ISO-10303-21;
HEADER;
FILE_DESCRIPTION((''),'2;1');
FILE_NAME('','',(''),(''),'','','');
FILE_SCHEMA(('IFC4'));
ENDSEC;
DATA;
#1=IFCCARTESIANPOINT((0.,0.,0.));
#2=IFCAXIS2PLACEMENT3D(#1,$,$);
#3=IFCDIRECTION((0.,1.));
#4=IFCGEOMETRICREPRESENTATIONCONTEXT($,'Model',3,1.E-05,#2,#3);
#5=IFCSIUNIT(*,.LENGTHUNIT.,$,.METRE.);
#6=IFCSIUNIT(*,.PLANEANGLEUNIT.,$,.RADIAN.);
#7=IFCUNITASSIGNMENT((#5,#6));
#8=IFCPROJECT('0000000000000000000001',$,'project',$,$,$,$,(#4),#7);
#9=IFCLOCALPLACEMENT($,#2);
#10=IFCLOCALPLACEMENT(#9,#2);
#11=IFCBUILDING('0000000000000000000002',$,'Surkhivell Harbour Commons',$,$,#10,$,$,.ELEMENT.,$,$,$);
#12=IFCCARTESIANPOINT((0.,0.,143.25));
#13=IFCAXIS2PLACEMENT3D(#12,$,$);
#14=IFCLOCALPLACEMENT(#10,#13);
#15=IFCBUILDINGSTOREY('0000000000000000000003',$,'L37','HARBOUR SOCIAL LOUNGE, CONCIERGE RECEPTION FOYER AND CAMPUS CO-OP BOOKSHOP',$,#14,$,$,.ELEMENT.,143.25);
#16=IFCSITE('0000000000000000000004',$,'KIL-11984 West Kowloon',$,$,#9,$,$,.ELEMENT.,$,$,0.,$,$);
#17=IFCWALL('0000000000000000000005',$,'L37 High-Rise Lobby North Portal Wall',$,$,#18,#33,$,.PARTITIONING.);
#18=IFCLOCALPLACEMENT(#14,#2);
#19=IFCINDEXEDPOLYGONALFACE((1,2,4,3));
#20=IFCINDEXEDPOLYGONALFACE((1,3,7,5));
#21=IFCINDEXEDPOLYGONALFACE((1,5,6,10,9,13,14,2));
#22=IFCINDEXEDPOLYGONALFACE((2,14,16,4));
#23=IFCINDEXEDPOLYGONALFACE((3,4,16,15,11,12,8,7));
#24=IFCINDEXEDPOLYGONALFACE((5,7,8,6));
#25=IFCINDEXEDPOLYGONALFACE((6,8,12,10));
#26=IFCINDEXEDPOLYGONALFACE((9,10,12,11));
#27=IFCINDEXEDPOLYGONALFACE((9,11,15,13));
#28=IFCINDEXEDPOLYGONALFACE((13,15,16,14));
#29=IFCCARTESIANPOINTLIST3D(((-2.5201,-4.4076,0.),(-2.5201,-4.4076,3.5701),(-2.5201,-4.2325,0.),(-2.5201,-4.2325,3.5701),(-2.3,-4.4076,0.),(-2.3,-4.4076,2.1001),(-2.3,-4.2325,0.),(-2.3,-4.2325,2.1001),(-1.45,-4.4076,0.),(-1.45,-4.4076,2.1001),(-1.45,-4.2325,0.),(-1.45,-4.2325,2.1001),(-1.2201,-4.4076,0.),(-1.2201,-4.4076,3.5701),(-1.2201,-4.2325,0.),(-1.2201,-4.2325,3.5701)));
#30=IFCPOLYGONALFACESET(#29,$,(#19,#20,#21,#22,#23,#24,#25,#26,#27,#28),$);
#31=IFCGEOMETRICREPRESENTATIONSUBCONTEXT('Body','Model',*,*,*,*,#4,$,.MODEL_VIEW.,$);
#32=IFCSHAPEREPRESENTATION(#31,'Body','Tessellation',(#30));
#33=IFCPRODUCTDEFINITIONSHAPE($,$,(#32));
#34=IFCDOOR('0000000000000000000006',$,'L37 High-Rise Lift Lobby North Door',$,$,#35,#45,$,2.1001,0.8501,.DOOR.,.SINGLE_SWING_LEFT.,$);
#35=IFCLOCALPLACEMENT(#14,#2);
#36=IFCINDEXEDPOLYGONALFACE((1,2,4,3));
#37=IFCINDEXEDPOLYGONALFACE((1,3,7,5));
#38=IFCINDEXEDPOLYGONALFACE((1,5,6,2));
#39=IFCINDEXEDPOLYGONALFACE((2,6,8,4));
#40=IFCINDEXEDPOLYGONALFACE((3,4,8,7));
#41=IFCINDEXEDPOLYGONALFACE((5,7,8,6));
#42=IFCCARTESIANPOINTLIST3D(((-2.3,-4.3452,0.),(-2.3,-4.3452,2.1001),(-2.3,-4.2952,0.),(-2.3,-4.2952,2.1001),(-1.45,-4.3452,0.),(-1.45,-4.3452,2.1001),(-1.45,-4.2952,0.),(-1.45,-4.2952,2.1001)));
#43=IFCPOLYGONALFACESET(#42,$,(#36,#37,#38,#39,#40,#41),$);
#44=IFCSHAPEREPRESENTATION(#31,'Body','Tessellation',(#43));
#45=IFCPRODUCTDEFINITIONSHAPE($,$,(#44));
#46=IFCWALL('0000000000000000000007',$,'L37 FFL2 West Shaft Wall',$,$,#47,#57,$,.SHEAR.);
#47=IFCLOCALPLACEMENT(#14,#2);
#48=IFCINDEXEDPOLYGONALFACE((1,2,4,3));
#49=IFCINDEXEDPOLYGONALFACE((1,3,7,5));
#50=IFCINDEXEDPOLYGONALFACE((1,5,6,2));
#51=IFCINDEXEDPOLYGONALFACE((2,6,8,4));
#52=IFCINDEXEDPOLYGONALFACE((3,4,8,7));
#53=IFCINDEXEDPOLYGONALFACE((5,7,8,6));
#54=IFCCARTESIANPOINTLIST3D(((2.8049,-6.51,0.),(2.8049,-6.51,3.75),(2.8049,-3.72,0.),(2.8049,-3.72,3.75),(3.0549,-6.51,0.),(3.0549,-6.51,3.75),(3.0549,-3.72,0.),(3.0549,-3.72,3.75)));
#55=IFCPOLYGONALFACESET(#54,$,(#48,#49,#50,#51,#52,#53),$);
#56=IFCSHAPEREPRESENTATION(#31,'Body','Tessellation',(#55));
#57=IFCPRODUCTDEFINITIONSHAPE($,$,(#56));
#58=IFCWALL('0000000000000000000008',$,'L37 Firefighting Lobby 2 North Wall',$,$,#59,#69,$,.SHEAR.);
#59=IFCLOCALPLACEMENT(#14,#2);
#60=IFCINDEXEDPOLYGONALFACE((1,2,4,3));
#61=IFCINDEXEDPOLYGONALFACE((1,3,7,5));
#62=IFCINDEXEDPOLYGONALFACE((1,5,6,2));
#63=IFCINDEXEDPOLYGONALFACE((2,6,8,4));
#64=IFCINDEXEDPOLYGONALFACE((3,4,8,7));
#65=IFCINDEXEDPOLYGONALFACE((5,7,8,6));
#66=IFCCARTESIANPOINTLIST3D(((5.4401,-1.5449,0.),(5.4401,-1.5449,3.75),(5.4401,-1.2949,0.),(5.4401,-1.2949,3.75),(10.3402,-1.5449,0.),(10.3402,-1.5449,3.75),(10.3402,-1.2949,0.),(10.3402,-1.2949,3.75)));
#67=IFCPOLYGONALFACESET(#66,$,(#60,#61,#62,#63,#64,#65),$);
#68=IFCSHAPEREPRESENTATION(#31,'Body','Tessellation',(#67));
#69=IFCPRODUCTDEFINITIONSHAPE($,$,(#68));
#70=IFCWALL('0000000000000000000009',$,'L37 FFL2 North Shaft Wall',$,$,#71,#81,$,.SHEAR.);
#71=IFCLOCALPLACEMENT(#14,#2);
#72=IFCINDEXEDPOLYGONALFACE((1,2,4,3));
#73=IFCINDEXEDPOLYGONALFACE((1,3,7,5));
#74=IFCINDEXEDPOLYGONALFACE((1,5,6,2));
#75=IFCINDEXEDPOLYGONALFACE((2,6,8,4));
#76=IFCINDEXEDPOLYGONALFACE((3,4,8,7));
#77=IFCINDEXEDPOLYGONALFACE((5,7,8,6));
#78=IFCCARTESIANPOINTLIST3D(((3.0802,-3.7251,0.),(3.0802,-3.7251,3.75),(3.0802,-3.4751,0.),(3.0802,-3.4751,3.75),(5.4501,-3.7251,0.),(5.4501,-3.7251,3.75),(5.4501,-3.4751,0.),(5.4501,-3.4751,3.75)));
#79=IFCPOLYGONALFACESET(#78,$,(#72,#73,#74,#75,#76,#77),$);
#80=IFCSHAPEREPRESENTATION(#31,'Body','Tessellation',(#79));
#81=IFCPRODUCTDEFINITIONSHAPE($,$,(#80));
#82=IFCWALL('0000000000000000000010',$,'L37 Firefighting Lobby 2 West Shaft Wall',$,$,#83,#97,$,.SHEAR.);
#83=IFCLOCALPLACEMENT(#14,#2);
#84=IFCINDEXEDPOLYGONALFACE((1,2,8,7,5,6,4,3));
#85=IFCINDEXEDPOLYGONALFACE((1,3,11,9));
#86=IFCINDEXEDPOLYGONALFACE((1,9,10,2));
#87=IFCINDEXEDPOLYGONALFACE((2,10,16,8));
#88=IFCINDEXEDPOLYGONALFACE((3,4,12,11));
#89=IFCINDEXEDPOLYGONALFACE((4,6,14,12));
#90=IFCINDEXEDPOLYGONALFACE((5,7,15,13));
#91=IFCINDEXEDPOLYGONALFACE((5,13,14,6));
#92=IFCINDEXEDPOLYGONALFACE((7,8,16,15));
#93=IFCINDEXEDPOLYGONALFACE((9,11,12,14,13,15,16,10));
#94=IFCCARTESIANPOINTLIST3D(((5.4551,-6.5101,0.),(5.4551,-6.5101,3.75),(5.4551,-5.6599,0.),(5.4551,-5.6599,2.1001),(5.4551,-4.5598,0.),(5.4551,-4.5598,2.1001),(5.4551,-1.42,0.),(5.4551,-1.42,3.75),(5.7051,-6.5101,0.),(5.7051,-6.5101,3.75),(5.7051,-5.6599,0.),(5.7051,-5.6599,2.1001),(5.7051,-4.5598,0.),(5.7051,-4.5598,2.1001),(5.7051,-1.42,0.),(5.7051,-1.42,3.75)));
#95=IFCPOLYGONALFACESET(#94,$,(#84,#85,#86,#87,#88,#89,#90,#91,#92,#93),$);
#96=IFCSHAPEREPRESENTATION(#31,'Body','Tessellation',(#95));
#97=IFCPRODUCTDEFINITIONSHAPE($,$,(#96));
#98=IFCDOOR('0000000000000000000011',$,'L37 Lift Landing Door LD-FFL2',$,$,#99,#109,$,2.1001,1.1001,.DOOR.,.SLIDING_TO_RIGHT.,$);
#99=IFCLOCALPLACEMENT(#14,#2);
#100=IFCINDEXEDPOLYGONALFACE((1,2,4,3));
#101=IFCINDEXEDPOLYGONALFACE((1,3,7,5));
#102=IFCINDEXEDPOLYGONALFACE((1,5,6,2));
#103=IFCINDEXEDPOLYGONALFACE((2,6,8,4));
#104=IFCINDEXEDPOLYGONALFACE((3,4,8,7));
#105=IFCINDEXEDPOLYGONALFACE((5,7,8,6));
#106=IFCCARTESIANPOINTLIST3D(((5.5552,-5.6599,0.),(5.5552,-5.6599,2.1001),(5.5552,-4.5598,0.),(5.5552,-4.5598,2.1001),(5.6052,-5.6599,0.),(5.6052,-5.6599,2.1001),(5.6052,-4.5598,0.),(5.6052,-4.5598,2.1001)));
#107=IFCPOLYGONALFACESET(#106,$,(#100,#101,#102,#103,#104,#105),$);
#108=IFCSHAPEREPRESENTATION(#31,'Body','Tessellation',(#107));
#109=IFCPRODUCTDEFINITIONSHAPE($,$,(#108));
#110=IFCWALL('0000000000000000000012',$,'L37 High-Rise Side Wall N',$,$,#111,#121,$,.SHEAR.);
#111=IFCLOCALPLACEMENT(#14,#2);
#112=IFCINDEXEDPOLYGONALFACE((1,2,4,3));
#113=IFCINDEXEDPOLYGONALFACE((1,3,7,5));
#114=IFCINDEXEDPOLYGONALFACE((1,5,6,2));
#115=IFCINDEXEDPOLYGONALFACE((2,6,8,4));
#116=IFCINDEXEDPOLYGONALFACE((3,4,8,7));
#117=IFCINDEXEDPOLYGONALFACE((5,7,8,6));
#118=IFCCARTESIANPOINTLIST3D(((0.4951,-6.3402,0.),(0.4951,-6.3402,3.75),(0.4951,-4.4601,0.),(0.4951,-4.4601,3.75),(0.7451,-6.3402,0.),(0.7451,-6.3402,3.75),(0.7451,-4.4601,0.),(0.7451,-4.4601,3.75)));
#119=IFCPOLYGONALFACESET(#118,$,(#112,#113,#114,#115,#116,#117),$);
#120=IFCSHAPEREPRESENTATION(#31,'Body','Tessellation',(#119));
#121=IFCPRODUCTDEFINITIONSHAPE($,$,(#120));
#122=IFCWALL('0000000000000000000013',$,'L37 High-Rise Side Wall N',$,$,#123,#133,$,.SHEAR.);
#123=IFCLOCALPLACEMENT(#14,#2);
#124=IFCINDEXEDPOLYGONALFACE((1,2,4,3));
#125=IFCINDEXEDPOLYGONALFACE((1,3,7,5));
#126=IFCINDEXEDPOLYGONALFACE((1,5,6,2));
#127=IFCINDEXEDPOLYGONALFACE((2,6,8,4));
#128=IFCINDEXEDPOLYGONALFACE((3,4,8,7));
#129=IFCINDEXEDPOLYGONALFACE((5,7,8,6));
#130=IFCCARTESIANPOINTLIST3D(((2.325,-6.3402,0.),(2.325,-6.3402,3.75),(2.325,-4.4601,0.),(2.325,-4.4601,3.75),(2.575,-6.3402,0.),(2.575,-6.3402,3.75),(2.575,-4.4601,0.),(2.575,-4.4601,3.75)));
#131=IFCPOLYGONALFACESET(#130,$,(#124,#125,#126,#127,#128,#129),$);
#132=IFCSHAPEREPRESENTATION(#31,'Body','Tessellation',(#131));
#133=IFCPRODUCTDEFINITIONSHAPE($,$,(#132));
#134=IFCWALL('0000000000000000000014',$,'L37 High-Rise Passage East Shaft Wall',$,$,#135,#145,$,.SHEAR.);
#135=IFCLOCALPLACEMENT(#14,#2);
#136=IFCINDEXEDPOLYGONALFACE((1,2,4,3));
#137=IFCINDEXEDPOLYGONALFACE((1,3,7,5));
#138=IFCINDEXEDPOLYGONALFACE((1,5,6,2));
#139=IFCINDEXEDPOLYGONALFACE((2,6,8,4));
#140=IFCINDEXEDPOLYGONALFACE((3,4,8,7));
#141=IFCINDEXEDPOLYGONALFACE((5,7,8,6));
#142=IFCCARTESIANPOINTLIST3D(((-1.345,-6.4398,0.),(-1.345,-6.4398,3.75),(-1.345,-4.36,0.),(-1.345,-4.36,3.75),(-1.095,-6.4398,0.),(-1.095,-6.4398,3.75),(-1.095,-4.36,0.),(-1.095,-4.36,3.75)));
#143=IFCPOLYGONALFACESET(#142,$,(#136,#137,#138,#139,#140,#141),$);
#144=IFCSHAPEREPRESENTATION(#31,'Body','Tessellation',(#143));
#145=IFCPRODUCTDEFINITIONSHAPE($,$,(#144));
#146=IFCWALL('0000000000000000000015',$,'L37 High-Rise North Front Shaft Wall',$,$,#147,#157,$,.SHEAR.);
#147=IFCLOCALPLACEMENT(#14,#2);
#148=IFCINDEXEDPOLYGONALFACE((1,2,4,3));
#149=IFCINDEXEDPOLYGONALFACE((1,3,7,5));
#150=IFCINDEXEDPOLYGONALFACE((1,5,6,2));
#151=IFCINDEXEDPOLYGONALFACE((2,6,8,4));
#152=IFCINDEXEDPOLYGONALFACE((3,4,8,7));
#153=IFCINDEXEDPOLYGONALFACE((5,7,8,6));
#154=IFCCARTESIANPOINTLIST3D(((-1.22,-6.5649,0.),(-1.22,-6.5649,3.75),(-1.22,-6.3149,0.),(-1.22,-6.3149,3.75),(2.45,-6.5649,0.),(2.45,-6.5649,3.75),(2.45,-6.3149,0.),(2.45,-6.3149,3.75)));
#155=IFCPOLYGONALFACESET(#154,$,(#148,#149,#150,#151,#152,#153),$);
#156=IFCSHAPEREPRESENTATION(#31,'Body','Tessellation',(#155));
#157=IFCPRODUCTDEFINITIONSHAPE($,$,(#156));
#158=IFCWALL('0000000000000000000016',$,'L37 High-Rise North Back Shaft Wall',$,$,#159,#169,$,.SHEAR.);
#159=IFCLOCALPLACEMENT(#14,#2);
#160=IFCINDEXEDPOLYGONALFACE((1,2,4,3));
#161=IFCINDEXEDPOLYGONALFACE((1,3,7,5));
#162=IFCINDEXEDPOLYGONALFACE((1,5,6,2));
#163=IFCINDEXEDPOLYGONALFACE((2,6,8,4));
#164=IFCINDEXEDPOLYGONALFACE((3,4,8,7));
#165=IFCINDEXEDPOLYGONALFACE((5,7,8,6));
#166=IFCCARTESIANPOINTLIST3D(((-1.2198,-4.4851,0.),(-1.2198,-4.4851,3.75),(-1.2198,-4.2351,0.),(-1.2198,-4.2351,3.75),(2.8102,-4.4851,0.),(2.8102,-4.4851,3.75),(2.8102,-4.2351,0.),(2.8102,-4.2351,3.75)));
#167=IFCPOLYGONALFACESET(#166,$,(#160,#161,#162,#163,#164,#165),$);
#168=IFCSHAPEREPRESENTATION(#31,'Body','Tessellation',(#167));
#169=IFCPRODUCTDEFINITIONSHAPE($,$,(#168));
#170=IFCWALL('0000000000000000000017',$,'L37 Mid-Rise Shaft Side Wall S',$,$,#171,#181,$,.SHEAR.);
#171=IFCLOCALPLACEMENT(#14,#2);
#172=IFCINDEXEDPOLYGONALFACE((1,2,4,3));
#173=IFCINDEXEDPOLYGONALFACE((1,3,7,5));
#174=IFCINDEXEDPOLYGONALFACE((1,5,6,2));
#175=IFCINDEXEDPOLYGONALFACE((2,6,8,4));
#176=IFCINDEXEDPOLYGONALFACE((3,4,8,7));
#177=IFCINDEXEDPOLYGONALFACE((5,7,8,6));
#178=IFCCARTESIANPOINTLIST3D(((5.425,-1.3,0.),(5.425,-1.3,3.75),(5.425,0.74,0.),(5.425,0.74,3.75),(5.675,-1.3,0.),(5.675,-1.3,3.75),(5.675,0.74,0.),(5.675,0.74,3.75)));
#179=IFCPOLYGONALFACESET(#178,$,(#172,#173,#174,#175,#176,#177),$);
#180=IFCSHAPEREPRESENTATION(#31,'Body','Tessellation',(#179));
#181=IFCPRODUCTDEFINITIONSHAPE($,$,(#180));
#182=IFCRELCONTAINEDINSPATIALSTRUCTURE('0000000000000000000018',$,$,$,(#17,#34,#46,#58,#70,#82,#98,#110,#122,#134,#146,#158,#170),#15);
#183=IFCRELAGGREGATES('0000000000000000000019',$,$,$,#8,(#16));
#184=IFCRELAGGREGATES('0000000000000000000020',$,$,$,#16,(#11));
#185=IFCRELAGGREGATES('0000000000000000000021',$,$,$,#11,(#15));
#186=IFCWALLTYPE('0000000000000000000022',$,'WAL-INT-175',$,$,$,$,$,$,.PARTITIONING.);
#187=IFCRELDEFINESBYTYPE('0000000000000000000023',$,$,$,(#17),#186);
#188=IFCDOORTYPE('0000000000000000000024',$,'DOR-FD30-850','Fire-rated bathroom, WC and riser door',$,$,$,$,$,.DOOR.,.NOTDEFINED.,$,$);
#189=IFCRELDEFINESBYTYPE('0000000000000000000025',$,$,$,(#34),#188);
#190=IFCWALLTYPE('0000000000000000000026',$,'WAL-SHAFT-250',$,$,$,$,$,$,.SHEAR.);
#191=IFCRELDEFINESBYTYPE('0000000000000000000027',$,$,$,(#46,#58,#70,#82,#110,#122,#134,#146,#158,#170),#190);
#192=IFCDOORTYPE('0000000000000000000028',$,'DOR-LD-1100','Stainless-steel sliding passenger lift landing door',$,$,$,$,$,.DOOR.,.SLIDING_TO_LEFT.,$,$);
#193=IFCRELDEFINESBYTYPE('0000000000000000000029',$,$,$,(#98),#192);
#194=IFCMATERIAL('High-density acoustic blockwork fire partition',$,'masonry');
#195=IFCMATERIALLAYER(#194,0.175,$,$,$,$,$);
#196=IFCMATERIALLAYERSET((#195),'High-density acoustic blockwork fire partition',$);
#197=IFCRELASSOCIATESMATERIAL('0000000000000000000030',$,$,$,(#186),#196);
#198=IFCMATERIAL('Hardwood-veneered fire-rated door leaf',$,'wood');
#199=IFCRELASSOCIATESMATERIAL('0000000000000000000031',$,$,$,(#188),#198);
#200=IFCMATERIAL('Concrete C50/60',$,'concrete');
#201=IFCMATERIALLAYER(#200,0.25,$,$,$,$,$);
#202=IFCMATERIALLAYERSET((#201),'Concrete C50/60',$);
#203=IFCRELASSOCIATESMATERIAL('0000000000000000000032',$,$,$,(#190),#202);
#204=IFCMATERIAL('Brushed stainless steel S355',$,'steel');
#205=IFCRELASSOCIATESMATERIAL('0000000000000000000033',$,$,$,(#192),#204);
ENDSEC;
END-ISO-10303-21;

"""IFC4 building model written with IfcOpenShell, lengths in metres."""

from ifc_helpers import new_model, si_unit, direction, frame, frame_2d, origin, place, context, subcontext, project, spatial, rectangle, extrude, material, layer, layer_set, type_object, element, fill, save


model = new_model("IFC4")

# Units and contexts
model_context = context("Model", 3, precision=1e-05, world=origin(), true_north=direction((0.0, 1.0)))
body_context = subcontext(model_context, "Body", "Model", "MODEL_VIEW")
ifc_project = project(units=[si_unit("LENGTHUNIT", "METRE"), si_unit("PLANEANGLEUNIT", "RADIAN")], contexts=[model_context])

# Site, building, storey
site_placement = place(None, origin())
site = spatial("IfcSite", under=ifc_project, at=site_placement, Name="KIL-11984 West Kowloon", CompositionType="ELEMENT", RefElevation=0.0)
building_placement = place(site_placement, origin())
building = spatial("IfcBuilding", under=site, at=building_placement, Name="Surkhivell Harbour Commons", CompositionType="ELEMENT")
storey_placement = place(building_placement, frame((0.0, 0.0, 143.25)))
storey = spatial("IfcBuildingStorey", under=building, at=storey_placement, Name="L37", Description="HARBOUR SOCIAL LOUNGE, CONCIERGE RECEPTION FOYER AND CAMPUS CO-OP BOOKSHOP", CompositionType="ELEMENT", Elevation=143.25)

# Wall, opening, door
ifc_material_1 = material(Name="High-density acoustic blockwork fire partition", Category="masonry")
ifc_layer_1 = layer(ifc_material_1, 0.175)
ifc_layer_set_1 = layer_set([ifc_layer_1], Name="High-density acoustic blockwork fire partition")
wall_type_1 = type_object("IfcWallType", Name="WAL-INT-175", PredefinedType="PARTITIONING", material=ifc_layer_set_1)
wall_1_placement = place(storey_placement, frame((-2.52, -4.3201, 0.0), z_axis=(0.0, 0.0, 1.0), x_axis=(1.0, 0.0, 0.0)))
wall_1 = element("IfcWall", 1, at=wall_1_placement, inside=storey, type_object=wall_type_1, Name="L37 High-Rise Lobby North Portal Wall", PredefinedType="PARTITIONING", context=body_context, shape_type="SweptSolid", body=[
    extrude(rectangle(XDim=1.3, YDim=0.175, at=frame_2d((0.6499, 0.0))), origin(), (0.0, 0.0, 1.0), 3.5701),
])
opening_1_placement = place(wall_1_placement, frame((0.22, 0.0, 0.0)))
opening_1 = element("IfcOpeningElement", 2, at=opening_1_placement, cuts=wall_1, PredefinedType="OPENING", context=body_context, shape_type="SweptSolid", body=[
    extrude(rectangle(XDim=0.8501, YDim=2.1001, at=frame_2d((0.425, 1.05))), frame((0.0, 0.0974, 0.0), z_axis=(0.0, -1.0, 0.0), x_axis=(1.0, 0.0, 0.0)), (0.0, 0.0, 1.0), 0.1951),
])
ifc_material_2 = material(Name="Hardwood-veneered fire-rated door leaf", Category="wood")
door_type_1 = type_object("IfcDoorType", Name="DOR-FD30-850", Description="Fire-rated bathroom, WC and riser door", OperationType="NOTDEFINED", PredefinedType="DOOR", material=ifc_material_2)
door_1_placement = place(opening_1_placement, origin())
door_1 = element("IfcDoor", 3, at=door_1_placement, inside=storey, type_object=door_type_1, Name="L37 High-Rise Lift Lobby North Door", OperationType="SINGLE_SWING_LEFT", OverallHeight=2.1001, OverallWidth=0.8501, PredefinedType="DOOR", context=body_context, shape_type="SweptSolid", body=[
    extrude(rectangle(XDim=0.8501, YDim=2.1001, at=frame_2d((0.425, 1.05))), frame((0.0, 0.0249, 0.0), z_axis=(0.0, -1.0, 0.0), x_axis=(1.0, 0.0, 0.0)), (0.0, 0.0, 1.0), 0.05),
])
fill(opening_1, door_1)

# Walls
ifc_material_3 = material(Name="Concrete C50/60", Category="concrete")
ifc_layer_2 = layer(ifc_material_3, 0.25)
ifc_layer_set_2 = layer_set([ifc_layer_2], Name="Concrete C50/60")
wall_type_2 = type_object("IfcWallType", Name="WAL-SHAFT-250", PredefinedType="SHEAR", material=ifc_layer_set_2)
wall_2_placement = place(storey_placement, frame((2.9299, -6.51, 0.0), z_axis=(0.0, 0.0, 1.0), x_axis=(0.0, 1.0, 0.0)))
element("IfcWall", 4, at=wall_2_placement, inside=storey, type_object=wall_type_2, Name="L37 FFL2 West Shaft Wall", PredefinedType="SHEAR", context=body_context, shape_type="SweptSolid", body=[
    extrude(rectangle(XDim=2.79, YDim=0.25, at=frame_2d((1.395, 0.0))), origin(), (0.0, 0.0, 1.0), 3.75),
])
wall_3_placement = place(storey_placement, frame((5.4399, -1.4199, 0.0), z_axis=(0.0, 0.0, 1.0), x_axis=(1.0, 0.0, 0.0)))
element("IfcWall", 5, at=wall_3_placement, inside=storey, type_object=wall_type_2, Name="L37 Firefighting Lobby 2 North Wall", PredefinedType="SHEAR", context=body_context, shape_type="SweptSolid", body=[
    extrude(rectangle(XDim=4.9001, YDim=0.25, at=frame_2d((2.4502, 0.0))), origin(), (0.0, 0.0, 1.0), 3.75),
])
wall_4_placement = place(storey_placement, frame((3.0801, -3.6001, 0.0), z_axis=(0.0, 0.0, 1.0), x_axis=(1.0, 0.0, 0.0)))
element("IfcWall", 6, at=wall_4_placement, inside=storey, type_object=wall_type_2, Name="L37 FFL2 North Shaft Wall", PredefinedType="SHEAR", context=body_context, shape_type="SweptSolid", body=[
    extrude(rectangle(XDim=2.3699, YDim=0.25, at=frame_2d((1.1851, 0.0))), origin(), (0.0, 0.0, 1.0), 3.75),
])

# Wall, opening, door
wall_5_placement = place(storey_placement, frame((5.5801, -6.51, 0.0), z_axis=(0.0, 0.0, 1.0), x_axis=(0.0, 1.0, 0.0)))
wall_5 = element("IfcWall", 7, at=wall_5_placement, inside=storey, type_object=wall_type_2, Name="L37 Firefighting Lobby 2 West Shaft Wall", PredefinedType="SHEAR", context=body_context, shape_type="SweptSolid", body=[
    extrude(rectangle(XDim=5.0901, YDim=0.25, at=frame_2d((2.5449, 0.0))), origin(), (0.0, 0.0, 1.0), 3.75),
])
opening_2_placement = place(wall_5_placement, frame((0.8501, 0.0, 0.0)))
opening_2 = element("IfcOpeningElement", 8, at=opening_2_placement, cuts=wall_5, PredefinedType="OPENING", context=body_context, shape_type="SweptSolid", body=[
    extrude(rectangle(XDim=1.1001, YDim=2.1001, at=frame_2d((0.55, 1.05))), frame((0.0, 0.135, 0.0), z_axis=(0.0, -1.0, 0.0), x_axis=(1.0, 0.0, 0.0)), (0.0, 0.0, 1.0), 0.27),
])
ifc_material_4 = material(Name="Brushed stainless steel S355", Category="steel")
door_type_2 = type_object("IfcDoorType", Name="DOR-LD-1100", Description="Stainless-steel sliding passenger lift landing door", OperationType="SLIDING_TO_LEFT", PredefinedType="DOOR", material=ifc_material_4)
door_2_placement = place(opening_2_placement, origin())
door_2 = element("IfcDoor", 9, at=door_2_placement, inside=storey, type_object=door_type_2, Name="L37 Lift Landing Door LD-FFL2", OperationType="SLIDING_TO_RIGHT", OverallHeight=2.1001, OverallWidth=1.1001, PredefinedType="DOOR", context=body_context, shape_type="SweptSolid", body=[
    extrude(rectangle(XDim=1.1001, YDim=2.1001, at=frame_2d((0.55, 1.05))), frame((0.0, 0.0249, 0.0), z_axis=(0.0, -1.0, 0.0), x_axis=(1.0, 0.0, 0.0)), (0.0, 0.0, 1.0), 0.05),
])
fill(opening_2, door_2)

# Walls
for number, where, z_axis, x_axis, name in (
    (10, (0.6201, -6.3401, 0.0), (0.0, 0.0, 1.0), (0.0, 1.0, 0.0), "L37 High-Rise Side Wall N"),
    (11, (2.45, -6.3401, 0.0), (0.0, 0.0, 1.0), (0.0, 1.0, 0.0), "L37 High-Rise Side Wall N"),
):
    element("IfcWall", number, at=place(storey_placement, frame(where, z_axis=z_axis, x_axis=x_axis)), inside=storey, type_object=wall_type_2, Name=name, PredefinedType="SHEAR", context=body_context, shape_type="SweptSolid", body=[
        extrude(rectangle(XDim=1.8801, YDim=0.25, at=frame_2d((0.9399, 0.0))), origin(), (0.0, 0.0, 1.0), 3.75),
    ])
wall_6_placement = place(storey_placement, frame((-1.22, -6.4399, 0.0), z_axis=(0.0, 0.0, 1.0), x_axis=(0.0, 1.0, 0.0)))
element("IfcWall", 12, at=wall_6_placement, inside=storey, type_object=wall_type_2, Name="L37 High-Rise Passage East Shaft Wall", PredefinedType="SHEAR", context=body_context, shape_type="SweptSolid", body=[
    extrude(rectangle(XDim=2.0798, YDim=0.25, at=frame_2d((1.04, 0.0))), origin(), (0.0, 0.0, 1.0), 3.75),
])
wall_7_placement = place(storey_placement, frame((-1.22, -6.4399, 0.0), z_axis=(0.0, 0.0, 1.0), x_axis=(1.0, 0.0, 0.0)))
element("IfcWall", 13, at=wall_7_placement, inside=storey, type_object=wall_type_2, Name="L37 High-Rise North Front Shaft Wall", PredefinedType="SHEAR", context=body_context, shape_type="SweptSolid", body=[
    extrude(rectangle(XDim=3.6699, YDim=0.25, at=frame_2d((1.835, 0.0))), origin(), (0.0, 0.0, 1.0), 3.75),
])
wall_8_placement = place(storey_placement, frame((-1.22, -4.3601, 0.0), z_axis=(0.0, 0.0, 1.0), x_axis=(1.0, 0.0, 0.0)))
element("IfcWall", 14, at=wall_8_placement, inside=storey, type_object=wall_type_2, Name="L37 High-Rise North Back Shaft Wall", PredefinedType="SHEAR", context=body_context, shape_type="SweptSolid", body=[
    extrude(rectangle(XDim=4.03, YDim=0.25, at=frame_2d((2.0151, 0.0))), origin(), (0.0, 0.0, 1.0), 3.75),
])
wall_9_placement = place(storey_placement, frame((5.55, -1.3, 0.0), z_axis=(0.0, 0.0, 1.0), x_axis=(0.0, 1.0, 0.0)))
element("IfcWall", 15, at=wall_9_placement, inside=storey, type_object=wall_type_2, Name="L37 Mid-Rise Shaft Side Wall S", PredefinedType="SHEAR", context=body_context, shape_type="SweptSolid", body=[
    extrude(rectangle(XDim=2.04, YDim=0.25, at=frame_2d((1.02, 0.0))), origin(), (0.0, 0.0, 1.0), 3.75),
])

save(model, "model.ifc")
